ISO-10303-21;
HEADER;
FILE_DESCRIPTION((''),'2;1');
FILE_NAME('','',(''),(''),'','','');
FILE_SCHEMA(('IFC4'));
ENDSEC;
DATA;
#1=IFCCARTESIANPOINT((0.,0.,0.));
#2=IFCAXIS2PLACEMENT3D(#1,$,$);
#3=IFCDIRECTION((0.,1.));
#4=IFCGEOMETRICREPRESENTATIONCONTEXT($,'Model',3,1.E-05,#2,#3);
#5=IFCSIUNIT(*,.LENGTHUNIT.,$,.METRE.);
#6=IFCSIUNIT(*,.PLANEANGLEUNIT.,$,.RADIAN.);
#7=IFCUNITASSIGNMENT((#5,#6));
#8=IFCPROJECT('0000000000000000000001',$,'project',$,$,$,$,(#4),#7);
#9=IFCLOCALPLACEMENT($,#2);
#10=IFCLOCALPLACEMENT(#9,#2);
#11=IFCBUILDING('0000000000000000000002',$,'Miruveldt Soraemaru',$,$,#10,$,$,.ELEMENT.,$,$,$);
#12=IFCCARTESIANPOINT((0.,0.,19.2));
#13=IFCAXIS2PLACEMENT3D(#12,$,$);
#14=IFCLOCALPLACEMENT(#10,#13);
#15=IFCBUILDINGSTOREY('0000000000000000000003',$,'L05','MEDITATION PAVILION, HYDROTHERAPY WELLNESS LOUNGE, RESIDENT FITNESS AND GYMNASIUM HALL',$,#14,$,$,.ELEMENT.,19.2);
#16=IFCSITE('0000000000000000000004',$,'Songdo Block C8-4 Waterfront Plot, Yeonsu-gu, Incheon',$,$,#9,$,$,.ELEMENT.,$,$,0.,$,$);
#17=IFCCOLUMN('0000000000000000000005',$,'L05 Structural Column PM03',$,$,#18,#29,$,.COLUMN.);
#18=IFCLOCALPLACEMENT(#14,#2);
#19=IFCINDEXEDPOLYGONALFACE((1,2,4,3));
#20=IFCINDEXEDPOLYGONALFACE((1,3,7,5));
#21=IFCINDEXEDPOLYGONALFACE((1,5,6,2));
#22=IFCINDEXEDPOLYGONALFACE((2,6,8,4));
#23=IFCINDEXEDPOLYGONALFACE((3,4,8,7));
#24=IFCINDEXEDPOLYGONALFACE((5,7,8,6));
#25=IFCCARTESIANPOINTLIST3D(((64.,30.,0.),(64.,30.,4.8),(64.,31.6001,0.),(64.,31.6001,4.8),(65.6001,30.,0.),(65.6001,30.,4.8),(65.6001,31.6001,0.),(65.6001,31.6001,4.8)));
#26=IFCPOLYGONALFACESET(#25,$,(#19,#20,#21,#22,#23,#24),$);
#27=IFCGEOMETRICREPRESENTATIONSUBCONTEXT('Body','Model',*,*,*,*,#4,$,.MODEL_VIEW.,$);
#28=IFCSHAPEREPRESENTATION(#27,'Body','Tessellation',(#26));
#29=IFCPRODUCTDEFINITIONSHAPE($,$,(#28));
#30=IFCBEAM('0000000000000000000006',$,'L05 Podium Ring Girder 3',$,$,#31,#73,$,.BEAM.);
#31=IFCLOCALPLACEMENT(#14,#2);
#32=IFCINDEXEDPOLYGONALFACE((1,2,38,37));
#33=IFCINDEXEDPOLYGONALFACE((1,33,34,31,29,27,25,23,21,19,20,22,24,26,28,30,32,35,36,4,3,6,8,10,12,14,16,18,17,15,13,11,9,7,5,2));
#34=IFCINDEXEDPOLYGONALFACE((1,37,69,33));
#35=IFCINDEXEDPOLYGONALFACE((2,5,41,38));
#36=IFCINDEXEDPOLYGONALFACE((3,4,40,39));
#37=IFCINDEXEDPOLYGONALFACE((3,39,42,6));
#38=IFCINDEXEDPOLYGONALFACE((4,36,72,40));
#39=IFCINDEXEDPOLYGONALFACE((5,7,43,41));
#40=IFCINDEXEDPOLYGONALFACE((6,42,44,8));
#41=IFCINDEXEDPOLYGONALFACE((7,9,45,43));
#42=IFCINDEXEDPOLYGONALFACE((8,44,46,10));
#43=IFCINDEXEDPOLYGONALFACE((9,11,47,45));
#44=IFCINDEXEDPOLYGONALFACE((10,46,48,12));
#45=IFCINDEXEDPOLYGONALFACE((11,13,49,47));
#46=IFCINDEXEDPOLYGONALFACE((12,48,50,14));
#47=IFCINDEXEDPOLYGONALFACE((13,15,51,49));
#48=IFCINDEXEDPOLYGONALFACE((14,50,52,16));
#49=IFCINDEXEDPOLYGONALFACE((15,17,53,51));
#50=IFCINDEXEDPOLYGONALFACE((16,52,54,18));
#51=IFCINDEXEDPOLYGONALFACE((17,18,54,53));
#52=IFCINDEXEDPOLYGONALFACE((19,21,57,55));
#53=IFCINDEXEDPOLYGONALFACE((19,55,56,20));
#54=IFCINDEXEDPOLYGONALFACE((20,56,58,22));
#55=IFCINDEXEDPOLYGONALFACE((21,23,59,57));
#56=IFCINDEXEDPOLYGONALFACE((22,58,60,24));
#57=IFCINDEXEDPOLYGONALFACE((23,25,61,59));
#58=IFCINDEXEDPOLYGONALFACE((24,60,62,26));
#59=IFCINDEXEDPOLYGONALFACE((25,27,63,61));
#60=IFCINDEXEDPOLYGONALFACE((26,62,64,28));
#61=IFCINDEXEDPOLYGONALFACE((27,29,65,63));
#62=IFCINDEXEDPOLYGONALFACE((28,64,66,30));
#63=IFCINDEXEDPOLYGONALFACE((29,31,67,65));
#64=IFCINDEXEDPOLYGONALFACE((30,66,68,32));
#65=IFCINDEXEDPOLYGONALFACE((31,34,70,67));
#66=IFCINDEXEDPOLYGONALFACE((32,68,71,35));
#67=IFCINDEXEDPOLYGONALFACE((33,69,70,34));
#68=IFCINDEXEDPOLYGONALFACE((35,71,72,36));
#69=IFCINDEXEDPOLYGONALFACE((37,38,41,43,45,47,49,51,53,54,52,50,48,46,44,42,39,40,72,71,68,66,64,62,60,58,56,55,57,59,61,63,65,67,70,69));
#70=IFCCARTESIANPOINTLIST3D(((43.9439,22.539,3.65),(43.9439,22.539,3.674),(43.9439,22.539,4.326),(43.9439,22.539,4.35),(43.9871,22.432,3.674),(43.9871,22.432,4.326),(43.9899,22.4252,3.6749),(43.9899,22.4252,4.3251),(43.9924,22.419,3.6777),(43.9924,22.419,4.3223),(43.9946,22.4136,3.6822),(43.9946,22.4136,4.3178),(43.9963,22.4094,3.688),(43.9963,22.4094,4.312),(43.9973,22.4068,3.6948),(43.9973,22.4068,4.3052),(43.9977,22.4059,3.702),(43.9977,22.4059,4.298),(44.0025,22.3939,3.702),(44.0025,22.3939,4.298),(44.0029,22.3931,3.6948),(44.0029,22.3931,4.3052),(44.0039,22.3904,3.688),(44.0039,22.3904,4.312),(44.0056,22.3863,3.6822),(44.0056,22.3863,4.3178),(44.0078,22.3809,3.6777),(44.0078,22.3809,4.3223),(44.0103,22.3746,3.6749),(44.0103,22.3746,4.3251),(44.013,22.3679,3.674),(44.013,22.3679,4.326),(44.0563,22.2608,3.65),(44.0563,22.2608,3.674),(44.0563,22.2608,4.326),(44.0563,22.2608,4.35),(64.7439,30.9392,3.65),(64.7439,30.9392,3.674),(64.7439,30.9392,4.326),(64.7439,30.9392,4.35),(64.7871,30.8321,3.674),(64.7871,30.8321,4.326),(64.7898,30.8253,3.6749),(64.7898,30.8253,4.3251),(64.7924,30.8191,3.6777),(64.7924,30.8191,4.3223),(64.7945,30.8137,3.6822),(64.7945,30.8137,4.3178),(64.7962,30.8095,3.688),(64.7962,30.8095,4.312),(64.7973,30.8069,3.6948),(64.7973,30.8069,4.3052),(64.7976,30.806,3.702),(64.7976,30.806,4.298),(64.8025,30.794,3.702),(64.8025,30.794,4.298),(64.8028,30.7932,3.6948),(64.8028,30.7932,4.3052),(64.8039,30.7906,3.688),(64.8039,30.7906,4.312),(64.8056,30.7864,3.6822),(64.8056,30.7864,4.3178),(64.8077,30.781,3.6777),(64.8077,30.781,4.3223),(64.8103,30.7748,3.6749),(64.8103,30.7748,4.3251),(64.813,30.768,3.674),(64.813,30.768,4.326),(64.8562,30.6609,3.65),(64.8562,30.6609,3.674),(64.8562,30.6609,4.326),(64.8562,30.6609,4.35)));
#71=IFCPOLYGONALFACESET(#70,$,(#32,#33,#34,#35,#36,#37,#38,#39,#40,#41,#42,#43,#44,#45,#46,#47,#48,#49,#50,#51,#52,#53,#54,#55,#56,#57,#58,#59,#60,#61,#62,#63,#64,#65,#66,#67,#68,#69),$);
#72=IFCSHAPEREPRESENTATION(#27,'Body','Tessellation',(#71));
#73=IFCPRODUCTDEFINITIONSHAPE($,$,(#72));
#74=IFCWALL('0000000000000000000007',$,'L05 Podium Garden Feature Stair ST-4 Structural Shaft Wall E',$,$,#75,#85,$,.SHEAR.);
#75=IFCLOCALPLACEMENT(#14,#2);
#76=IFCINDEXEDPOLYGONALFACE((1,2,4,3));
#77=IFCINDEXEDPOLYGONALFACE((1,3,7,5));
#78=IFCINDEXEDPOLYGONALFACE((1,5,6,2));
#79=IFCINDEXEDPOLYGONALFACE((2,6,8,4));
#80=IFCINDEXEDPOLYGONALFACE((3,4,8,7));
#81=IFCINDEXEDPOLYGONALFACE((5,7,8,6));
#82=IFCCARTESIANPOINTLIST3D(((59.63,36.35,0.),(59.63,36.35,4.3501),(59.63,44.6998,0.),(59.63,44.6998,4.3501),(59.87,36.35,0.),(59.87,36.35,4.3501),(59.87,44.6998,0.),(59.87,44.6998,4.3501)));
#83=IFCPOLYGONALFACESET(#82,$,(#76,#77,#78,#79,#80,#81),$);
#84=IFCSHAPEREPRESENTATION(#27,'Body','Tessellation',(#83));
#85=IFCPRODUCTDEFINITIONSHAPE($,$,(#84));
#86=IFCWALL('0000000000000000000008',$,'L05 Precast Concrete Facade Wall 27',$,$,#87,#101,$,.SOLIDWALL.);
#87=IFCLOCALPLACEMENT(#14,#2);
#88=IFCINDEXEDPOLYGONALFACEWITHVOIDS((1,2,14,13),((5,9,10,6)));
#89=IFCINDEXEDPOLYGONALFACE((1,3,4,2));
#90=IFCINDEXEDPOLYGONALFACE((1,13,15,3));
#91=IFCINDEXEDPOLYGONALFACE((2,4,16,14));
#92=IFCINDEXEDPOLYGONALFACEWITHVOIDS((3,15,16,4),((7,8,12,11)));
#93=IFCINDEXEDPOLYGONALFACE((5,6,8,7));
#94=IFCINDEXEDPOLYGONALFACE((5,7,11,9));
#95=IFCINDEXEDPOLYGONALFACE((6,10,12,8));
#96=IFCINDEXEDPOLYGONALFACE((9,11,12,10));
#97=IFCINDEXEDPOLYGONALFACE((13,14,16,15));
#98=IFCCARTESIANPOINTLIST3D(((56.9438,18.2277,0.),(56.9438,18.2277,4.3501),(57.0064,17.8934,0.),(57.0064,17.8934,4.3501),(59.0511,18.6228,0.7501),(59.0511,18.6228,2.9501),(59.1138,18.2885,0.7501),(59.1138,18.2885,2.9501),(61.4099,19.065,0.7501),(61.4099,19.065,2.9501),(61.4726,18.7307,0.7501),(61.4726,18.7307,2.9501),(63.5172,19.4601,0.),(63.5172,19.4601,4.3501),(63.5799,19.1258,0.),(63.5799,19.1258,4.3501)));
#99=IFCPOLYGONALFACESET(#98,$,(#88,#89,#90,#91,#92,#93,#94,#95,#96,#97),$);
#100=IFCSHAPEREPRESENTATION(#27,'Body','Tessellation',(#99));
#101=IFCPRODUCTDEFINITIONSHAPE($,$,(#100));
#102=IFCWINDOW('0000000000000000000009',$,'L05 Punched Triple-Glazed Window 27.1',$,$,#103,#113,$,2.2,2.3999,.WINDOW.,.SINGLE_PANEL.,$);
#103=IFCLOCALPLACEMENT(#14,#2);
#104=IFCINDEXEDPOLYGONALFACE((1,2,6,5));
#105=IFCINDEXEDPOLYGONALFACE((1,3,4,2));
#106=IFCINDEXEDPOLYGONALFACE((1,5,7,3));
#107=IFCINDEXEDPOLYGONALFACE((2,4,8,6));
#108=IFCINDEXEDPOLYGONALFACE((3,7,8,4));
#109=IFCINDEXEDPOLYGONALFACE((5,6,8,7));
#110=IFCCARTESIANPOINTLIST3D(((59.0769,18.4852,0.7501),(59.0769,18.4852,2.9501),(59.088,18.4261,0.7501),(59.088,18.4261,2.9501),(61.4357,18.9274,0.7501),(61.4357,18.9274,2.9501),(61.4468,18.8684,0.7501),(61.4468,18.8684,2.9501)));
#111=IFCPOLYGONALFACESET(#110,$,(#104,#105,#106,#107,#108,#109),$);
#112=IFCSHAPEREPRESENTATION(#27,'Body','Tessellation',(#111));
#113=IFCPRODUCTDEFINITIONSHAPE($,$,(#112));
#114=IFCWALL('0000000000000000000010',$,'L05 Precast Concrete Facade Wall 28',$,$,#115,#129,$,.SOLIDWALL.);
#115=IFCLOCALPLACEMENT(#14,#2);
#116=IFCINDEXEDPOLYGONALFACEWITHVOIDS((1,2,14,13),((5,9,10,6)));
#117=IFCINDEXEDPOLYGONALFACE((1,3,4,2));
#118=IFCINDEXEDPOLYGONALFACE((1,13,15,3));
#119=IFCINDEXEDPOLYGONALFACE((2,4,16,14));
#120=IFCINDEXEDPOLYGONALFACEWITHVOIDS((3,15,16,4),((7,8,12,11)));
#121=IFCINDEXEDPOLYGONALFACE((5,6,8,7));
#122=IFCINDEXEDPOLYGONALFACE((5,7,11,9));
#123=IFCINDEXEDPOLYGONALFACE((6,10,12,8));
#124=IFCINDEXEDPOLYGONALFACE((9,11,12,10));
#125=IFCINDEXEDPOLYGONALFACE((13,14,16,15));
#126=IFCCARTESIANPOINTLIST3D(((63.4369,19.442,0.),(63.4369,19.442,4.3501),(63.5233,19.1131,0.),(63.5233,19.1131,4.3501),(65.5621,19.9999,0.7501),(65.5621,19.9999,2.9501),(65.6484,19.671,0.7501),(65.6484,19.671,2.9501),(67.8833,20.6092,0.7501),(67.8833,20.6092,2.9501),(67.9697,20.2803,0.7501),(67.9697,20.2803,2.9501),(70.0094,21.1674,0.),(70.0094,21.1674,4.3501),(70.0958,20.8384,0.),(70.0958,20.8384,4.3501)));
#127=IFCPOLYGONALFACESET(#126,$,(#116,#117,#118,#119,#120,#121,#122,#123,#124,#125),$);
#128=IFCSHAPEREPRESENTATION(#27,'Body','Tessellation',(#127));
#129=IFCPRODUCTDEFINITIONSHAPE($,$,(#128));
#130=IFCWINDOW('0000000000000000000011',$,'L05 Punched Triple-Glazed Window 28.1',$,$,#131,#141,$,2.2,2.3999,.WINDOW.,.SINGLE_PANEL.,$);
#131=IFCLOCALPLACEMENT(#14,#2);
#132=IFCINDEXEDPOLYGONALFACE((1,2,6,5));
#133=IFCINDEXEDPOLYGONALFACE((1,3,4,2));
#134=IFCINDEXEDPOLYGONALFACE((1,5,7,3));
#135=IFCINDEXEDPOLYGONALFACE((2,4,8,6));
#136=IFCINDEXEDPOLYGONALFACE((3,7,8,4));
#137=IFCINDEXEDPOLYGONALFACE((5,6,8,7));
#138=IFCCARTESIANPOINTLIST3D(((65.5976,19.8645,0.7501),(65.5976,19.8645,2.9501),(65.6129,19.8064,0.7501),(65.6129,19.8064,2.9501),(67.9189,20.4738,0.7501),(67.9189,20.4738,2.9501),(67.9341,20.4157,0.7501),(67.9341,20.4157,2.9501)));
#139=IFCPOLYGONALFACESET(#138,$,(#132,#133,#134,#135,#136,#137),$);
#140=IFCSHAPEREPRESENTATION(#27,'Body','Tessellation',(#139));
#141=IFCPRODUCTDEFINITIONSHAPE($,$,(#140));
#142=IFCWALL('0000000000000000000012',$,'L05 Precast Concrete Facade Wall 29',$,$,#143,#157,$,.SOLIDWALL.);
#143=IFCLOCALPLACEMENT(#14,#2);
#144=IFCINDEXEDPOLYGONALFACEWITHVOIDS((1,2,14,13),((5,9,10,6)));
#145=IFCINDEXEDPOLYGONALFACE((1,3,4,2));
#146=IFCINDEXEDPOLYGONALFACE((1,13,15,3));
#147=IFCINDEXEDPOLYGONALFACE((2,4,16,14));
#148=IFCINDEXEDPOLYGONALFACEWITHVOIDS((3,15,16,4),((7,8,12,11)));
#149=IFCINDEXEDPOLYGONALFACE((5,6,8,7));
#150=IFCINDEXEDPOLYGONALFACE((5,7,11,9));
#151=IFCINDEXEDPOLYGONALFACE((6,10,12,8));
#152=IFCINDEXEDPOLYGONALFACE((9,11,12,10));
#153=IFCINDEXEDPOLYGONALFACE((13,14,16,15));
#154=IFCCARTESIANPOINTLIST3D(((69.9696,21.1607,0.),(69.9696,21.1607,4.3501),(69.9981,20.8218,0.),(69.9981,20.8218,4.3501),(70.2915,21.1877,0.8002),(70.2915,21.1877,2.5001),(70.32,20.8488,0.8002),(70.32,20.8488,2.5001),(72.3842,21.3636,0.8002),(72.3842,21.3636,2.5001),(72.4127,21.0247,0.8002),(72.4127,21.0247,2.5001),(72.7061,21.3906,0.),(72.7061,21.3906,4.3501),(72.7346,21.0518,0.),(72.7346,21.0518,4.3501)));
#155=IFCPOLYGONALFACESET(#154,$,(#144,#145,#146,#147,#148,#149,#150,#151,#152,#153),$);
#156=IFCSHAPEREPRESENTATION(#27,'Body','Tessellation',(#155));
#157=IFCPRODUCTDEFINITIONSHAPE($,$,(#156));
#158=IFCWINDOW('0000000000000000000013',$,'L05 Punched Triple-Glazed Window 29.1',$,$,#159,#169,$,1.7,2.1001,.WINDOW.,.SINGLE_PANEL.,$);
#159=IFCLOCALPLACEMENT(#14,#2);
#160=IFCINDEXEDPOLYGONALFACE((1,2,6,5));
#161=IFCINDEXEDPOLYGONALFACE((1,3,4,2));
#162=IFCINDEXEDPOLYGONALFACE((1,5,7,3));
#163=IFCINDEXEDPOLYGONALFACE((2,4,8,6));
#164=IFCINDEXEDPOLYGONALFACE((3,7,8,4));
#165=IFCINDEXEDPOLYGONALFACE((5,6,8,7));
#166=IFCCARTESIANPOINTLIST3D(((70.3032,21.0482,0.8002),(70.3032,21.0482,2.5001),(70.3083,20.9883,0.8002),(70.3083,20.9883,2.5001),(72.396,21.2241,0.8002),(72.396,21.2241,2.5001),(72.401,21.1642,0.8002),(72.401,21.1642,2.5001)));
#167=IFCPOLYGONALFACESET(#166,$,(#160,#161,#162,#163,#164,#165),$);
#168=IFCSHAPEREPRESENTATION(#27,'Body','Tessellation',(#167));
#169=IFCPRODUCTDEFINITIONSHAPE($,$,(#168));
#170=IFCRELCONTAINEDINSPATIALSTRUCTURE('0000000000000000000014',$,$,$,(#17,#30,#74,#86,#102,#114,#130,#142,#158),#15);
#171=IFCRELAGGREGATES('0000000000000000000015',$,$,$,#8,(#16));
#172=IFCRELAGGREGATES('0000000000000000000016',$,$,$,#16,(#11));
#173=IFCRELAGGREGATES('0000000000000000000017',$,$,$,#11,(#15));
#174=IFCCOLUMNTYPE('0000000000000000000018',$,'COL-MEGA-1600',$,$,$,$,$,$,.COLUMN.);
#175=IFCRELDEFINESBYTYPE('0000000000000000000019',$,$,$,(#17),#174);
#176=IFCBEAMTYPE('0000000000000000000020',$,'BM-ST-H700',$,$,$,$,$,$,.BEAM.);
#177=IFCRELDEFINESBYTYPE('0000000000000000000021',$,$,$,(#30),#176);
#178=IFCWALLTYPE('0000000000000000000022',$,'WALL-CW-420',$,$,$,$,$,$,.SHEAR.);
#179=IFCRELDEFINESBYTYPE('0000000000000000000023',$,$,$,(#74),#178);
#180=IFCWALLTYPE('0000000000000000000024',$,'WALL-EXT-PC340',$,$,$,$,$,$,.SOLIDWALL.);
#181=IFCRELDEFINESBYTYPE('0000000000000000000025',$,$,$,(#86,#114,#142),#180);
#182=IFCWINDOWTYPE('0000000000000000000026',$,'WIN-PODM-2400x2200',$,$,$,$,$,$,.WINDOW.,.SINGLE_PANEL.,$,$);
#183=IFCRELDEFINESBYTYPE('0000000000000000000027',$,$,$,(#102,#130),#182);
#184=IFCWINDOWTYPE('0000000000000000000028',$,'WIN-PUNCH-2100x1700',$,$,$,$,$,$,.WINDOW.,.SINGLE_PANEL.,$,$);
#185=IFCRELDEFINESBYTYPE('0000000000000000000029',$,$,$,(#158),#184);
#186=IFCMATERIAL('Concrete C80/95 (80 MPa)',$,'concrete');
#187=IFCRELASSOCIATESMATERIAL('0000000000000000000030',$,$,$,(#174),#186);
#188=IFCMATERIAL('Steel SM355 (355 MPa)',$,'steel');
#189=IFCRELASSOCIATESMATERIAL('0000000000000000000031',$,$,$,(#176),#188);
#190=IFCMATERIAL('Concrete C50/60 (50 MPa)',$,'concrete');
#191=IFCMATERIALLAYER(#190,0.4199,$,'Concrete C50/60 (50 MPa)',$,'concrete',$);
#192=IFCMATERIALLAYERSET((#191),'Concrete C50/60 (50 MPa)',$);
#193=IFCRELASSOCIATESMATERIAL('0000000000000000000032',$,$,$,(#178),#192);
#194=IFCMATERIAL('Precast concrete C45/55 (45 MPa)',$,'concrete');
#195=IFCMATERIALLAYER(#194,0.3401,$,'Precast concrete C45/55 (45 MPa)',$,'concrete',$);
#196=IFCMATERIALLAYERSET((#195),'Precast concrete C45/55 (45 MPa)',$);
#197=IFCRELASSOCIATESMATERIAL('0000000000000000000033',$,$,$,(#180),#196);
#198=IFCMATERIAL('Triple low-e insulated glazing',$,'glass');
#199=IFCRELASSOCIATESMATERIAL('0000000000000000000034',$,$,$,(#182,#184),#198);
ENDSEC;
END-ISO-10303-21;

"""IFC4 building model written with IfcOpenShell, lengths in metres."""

from ifc_helpers import new_model, si_unit, direction, frame, frame_2d, origin, origin_2d, place, context, subcontext, project, spatial, rectangle, i_section, extrude, material, layer, layer_set, material_profile, profile_set, type_object, element, fill, save


model = new_model("IFC4")

# Units and contexts
model_context = context("Model", 3, precision=1e-05, world=origin(), true_north=direction((0.0, 1.0)))
body_context = subcontext(model_context, "Body", "Model", "MODEL_VIEW")
ifc_project = project(units=[si_unit("LENGTHUNIT", "METRE"), si_unit("PLANEANGLEUNIT", "RADIAN")], contexts=[model_context])

# Site, building, storey
site_placement = place(None, origin())
site = spatial("IfcSite", under=ifc_project, at=site_placement, Name="Songdo Block C8-4 Waterfront Plot, Yeonsu-gu, Incheon", CompositionType="ELEMENT", RefElevation=0.0)
building_placement = place(site_placement, origin())
building = spatial("IfcBuilding", under=site, at=building_placement, Name="Miruveldt Soraemaru", CompositionType="ELEMENT")
storey_placement = place(building_placement, frame((0.0, 0.0, 19.2)))
storey = spatial("IfcBuildingStorey", under=building, at=storey_placement, Name="L05", Description="MEDITATION PAVILION, HYDROTHERAPY WELLNESS LOUNGE, RESIDENT FITNESS AND GYMNASIUM HALL", CompositionType="ELEMENT", Elevation=19.2)

# Column
ifc_material_1 = material(Name="Concrete C80/95 (80 MPa)", Category="concrete")
ifc_material_profile_1 = material_profile(ifc_material_1, rectangle(XDim=1.6001, YDim=1.6001, at=origin_2d()), Name="Concrete C80/95 (80 MPa)", Category="concrete")
ifc_profile_set_1 = profile_set([ifc_material_profile_1], Name="Concrete C80/95 (80 MPa)")
column_type = type_object("IfcColumnType", Name="COL-MEGA-1600", PredefinedType="COLUMN", material=ifc_profile_set_1)
column_placement = place(storey_placement, frame((64.8, 30.8, 0.0), z_axis=(0.0, 0.0, 1.0), x_axis=(1.0, 0.0, 0.0)))
element("IfcColumn", 1, at=column_placement, inside=storey, type_object=column_type, Name="L05 Structural Column PM03", PredefinedType="COLUMN", context=body_context, shape_type="SweptSolid", body=[
    extrude(rectangle(XDim=1.6001, YDim=1.6001, at=origin_2d()), origin(), (0.0, 0.0, 1.0), 4.8),
])

# Beam
ifc_material_2 = material(Name="Steel SM355 (355 MPa)", Category="steel")
ifc_material_profile_2 = material_profile(ifc_material_2, i_section(OverallWidth=0.3, OverallDepth=0.7, WebThickness=0.0129, FlangeThickness=0.0239, FilletRadius=0.0281, at=origin_2d()), Name="Steel SM355 (355 MPa)", Category="steel")
ifc_profile_set_2 = profile_set([ifc_material_profile_2], Name="Steel SM355 (355 MPa)")
beam_type = type_object("IfcBeamType", Name="BM-ST-H700", PredefinedType="BEAM", material=ifc_profile_set_2)
beam_placement = place(storey_placement, frame((64.8, 30.8, 4.0), z_axis=(-0.92724, -0.374468, 0.0), x_axis=(0.374468, -0.92724, 0.0)))
element("IfcBeam", 2, at=beam_placement, inside=storey, type_object=beam_type, Name="L05 Podium Ring Girder 3", PredefinedType="BEAM", context=body_context, shape_type="SweptSolid", body=[
    extrude(i_section(OverallWidth=0.3, OverallDepth=0.7, WebThickness=0.0129, FlangeThickness=0.0239, FilletRadius=0.0281, at=origin_2d()), origin(), (0.0, 0.0, 1.0), 22.4321),
])

# Wall
ifc_material_3 = material(Name="Concrete C50/60 (50 MPa)", Category="concrete")
ifc_layer_1 = layer(ifc_material_3, 0.4199, Name="Concrete C50/60 (50 MPa)", Category="concrete")
ifc_layer_set_1 = layer_set([ifc_layer_1], Name="Concrete C50/60 (50 MPa)")
wall_type_1 = type_object("IfcWallType", Name="WALL-CW-420", PredefinedType="SHEAR", material=ifc_layer_set_1)
wall_1_placement = place(storey_placement, frame((59.75, 36.3501, 0.0), z_axis=(0.0, 0.0, 1.0), x_axis=(0.0, 1.0, 0.0)))
element("IfcWall", 3, at=wall_1_placement, inside=storey, type_object=wall_type_1, Name="L05 Podium Garden Feature Stair ST-4 Structural Shaft Wall E", PredefinedType="SHEAR", context=body_context, shape_type="SweptSolid", body=[
    extrude(rectangle(XDim=8.3499, YDim=0.24, at=frame_2d((4.1748, 0.0))), origin(), (0.0, 0.0, 1.0), 4.3501),
])

# Walls, openings, windows
ifc_material_4 = material(Name="Precast concrete C45/55 (45 MPa)", Category="concrete")
ifc_layer_2 = layer(ifc_material_4, 0.3401, Name="Precast concrete C45/55 (45 MPa)", Category="concrete")
ifc_layer_set_2 = layer_set([ifc_layer_2], Name="Precast concrete C45/55 (45 MPa)")
wall_type_2 = type_object("IfcWallType", Name="WALL-EXT-PC340", PredefinedType="SOLIDWALL", material=ifc_layer_set_2)
wall_2_placement = place(storey_placement, frame((56.9751, 18.0605, 0.0), z_axis=(0.0, 0.0, 1.0), x_axis=(0.982875, 0.184273, 0.0)))
wall_2 = element("IfcWall", 4, at=wall_2_placement, inside=storey, type_object=wall_type_2, Name="L05 Precast Concrete Facade Wall 27", PredefinedType="SOLIDWALL", context=body_context, shape_type="SweptSolid", body=[
    extrude(rectangle(XDim=6.688, YDim=0.3401, at=frame_2d((3.344, 0.0))), origin(), (0.0, 0.0, 1.0), 4.3501),
])
opening_1_placement = place(wall_2_placement, frame((2.144, 0.0, 0.75)))
opening_1 = element("IfcOpeningElement", 5, at=opening_1_placement, cuts=wall_2, PredefinedType="OPENING", context=body_context, shape_type="SweptSolid", body=[
    extrude(rectangle(XDim=2.3999, YDim=2.2, at=frame_2d((1.2, 1.1001))), frame((0.0, 0.1802, 0.0), z_axis=(0.0, -1.0, 0.0), x_axis=(1.0, 0.0, 0.0)), (0.0, 0.0, 1.0), 0.3601),
])
ifc_material_5 = material(Name="Triple low-e insulated glazing", Category="glass")
window_type_1 = type_object("IfcWindowType", Name="WIN-PODM-2400x2200", PartitioningType="SINGLE_PANEL", PredefinedType="WINDOW", material=ifc_material_5)
window_1_placement = place(opening_1_placement, origin())
window_1 = element("IfcWindow", 6, at=window_1_placement, inside=storey, type_object=window_type_1, Name="L05 Punched Triple-Glazed Window 27.1", OverallHeight=2.2, OverallWidth=2.3999, PartitioningType="SINGLE_PANEL", PredefinedType="WINDOW", context=body_context, shape_type="SweptSolid", body=[
    extrude(rectangle(XDim=2.3999, YDim=2.2, at=frame_2d((1.2, 1.1001))), frame((0.0, 0.03, 0.0), z_axis=(0.0, -1.0, 0.0), x_axis=(1.0, 0.0, 0.0)), (0.0, 0.0, 1.0), 0.0601),
])
fill(opening_1, window_1)
wall_3_placement = place(storey_placement, frame((63.4802, 19.2776, 0.0), z_axis=(0.0, 0.0, 1.0), x_axis=(0.967229, 0.253906, 0.0)))
wall_3 = element("IfcWall", 7, at=wall_3_placement, inside=storey, type_object=wall_type_2, Name="L05 Precast Concrete Facade Wall 28", PredefinedType="SOLIDWALL", context=body_context, shape_type="SweptSolid", body=[
    extrude(rectangle(XDim=6.7952, YDim=0.3401, at=frame_2d((3.3975, 0.0))), origin(), (0.0, 0.0, 1.0), 4.3501),
])
opening_2_placement = place(wall_3_placement, frame((2.197, 0.0, 0.75)))
opening_2 = element("IfcOpeningElement", 8, at=opening_2_placement, cuts=wall_3, PredefinedType="OPENING", context=body_context, shape_type="SweptSolid", body=[
    extrude(rectangle(XDim=2.3999, YDim=2.2, at=frame_2d((1.2, 1.1001))), frame((0.0, 0.1802, 0.0), z_axis=(0.0, -1.0, 0.0), x_axis=(1.0, 0.0, 0.0)), (0.0, 0.0, 1.0), 0.3601),
])
window_2_placement = place(opening_2_placement, origin())
window_2 = element("IfcWindow", 9, at=window_2_placement, inside=storey, type_object=window_type_1, Name="L05 Punched Triple-Glazed Window 28.1", OverallHeight=2.2, OverallWidth=2.3999, PartitioningType="SINGLE_PANEL", PredefinedType="WINDOW", context=body_context, shape_type="SweptSolid", body=[
    extrude(rectangle(XDim=2.3999, YDim=2.2, at=frame_2d((1.2, 1.1001))), frame((0.0, 0.03, 0.0), z_axis=(0.0, -1.0, 0.0), x_axis=(1.0, 0.0, 0.0)), (0.0, 0.0, 1.0), 0.0601),
])
fill(opening_2, window_2)
wall_4_placement = place(storey_placement, frame((69.9839, 20.9912, 0.0), z_axis=(0.0, 0.0, 1.0), x_axis=(0.996487, 0.083752, 0.0)))
wall_4 = element("IfcWall", 10, at=wall_4_placement, inside=storey, type_object=wall_type_2, Name="L05 Precast Concrete Facade Wall 29", PredefinedType="SOLIDWALL", context=body_context, shape_type="SweptSolid", body=[
    extrude(rectangle(XDim=2.7461, YDim=0.3401, at=frame_2d((1.373, 0.0))), origin(), (0.0, 0.0, 1.0), 4.3501),
])
opening_3_placement = place(wall_4_placement, frame((0.323, 0.0, 0.8)))
opening_3 = element("IfcOpeningElement", 11, at=opening_3_placement, cuts=wall_4, PredefinedType="OPENING", context=body_context, shape_type="SweptSolid", body=[
    extrude(rectangle(XDim=2.1001, YDim=1.7, at=frame_2d((1.05, 0.8501))), frame((0.0, 0.1802, 0.0), z_axis=(0.0, -1.0, 0.0), x_axis=(1.0, 0.0, 0.0)), (0.0, 0.0, 1.0), 0.3601),
])
window_type_2 = type_object("IfcWindowType", Name="WIN-PUNCH-2100x1700", PartitioningType="SINGLE_PANEL", PredefinedType="WINDOW", material=ifc_material_5)
window_3_placement = place(opening_3_placement, origin())
window_3 = element("IfcWindow", 12, at=window_3_placement, inside=storey, type_object=window_type_2, Name="L05 Punched Triple-Glazed Window 29.1", OverallHeight=1.7, OverallWidth=2.1001, PartitioningType="SINGLE_PANEL", PredefinedType="WINDOW", context=body_context, shape_type="SweptSolid", body=[
    extrude(rectangle(XDim=2.1001, YDim=1.7, at=frame_2d((1.05, 0.8501))), frame((0.0, 0.03, 0.0), z_axis=(0.0, -1.0, 0.0), x_axis=(1.0, 0.0, 0.0)), (0.0, 0.0, 1.0), 0.0601),
])
fill(opening_3, window_3)

save(model, "model.ifc")
